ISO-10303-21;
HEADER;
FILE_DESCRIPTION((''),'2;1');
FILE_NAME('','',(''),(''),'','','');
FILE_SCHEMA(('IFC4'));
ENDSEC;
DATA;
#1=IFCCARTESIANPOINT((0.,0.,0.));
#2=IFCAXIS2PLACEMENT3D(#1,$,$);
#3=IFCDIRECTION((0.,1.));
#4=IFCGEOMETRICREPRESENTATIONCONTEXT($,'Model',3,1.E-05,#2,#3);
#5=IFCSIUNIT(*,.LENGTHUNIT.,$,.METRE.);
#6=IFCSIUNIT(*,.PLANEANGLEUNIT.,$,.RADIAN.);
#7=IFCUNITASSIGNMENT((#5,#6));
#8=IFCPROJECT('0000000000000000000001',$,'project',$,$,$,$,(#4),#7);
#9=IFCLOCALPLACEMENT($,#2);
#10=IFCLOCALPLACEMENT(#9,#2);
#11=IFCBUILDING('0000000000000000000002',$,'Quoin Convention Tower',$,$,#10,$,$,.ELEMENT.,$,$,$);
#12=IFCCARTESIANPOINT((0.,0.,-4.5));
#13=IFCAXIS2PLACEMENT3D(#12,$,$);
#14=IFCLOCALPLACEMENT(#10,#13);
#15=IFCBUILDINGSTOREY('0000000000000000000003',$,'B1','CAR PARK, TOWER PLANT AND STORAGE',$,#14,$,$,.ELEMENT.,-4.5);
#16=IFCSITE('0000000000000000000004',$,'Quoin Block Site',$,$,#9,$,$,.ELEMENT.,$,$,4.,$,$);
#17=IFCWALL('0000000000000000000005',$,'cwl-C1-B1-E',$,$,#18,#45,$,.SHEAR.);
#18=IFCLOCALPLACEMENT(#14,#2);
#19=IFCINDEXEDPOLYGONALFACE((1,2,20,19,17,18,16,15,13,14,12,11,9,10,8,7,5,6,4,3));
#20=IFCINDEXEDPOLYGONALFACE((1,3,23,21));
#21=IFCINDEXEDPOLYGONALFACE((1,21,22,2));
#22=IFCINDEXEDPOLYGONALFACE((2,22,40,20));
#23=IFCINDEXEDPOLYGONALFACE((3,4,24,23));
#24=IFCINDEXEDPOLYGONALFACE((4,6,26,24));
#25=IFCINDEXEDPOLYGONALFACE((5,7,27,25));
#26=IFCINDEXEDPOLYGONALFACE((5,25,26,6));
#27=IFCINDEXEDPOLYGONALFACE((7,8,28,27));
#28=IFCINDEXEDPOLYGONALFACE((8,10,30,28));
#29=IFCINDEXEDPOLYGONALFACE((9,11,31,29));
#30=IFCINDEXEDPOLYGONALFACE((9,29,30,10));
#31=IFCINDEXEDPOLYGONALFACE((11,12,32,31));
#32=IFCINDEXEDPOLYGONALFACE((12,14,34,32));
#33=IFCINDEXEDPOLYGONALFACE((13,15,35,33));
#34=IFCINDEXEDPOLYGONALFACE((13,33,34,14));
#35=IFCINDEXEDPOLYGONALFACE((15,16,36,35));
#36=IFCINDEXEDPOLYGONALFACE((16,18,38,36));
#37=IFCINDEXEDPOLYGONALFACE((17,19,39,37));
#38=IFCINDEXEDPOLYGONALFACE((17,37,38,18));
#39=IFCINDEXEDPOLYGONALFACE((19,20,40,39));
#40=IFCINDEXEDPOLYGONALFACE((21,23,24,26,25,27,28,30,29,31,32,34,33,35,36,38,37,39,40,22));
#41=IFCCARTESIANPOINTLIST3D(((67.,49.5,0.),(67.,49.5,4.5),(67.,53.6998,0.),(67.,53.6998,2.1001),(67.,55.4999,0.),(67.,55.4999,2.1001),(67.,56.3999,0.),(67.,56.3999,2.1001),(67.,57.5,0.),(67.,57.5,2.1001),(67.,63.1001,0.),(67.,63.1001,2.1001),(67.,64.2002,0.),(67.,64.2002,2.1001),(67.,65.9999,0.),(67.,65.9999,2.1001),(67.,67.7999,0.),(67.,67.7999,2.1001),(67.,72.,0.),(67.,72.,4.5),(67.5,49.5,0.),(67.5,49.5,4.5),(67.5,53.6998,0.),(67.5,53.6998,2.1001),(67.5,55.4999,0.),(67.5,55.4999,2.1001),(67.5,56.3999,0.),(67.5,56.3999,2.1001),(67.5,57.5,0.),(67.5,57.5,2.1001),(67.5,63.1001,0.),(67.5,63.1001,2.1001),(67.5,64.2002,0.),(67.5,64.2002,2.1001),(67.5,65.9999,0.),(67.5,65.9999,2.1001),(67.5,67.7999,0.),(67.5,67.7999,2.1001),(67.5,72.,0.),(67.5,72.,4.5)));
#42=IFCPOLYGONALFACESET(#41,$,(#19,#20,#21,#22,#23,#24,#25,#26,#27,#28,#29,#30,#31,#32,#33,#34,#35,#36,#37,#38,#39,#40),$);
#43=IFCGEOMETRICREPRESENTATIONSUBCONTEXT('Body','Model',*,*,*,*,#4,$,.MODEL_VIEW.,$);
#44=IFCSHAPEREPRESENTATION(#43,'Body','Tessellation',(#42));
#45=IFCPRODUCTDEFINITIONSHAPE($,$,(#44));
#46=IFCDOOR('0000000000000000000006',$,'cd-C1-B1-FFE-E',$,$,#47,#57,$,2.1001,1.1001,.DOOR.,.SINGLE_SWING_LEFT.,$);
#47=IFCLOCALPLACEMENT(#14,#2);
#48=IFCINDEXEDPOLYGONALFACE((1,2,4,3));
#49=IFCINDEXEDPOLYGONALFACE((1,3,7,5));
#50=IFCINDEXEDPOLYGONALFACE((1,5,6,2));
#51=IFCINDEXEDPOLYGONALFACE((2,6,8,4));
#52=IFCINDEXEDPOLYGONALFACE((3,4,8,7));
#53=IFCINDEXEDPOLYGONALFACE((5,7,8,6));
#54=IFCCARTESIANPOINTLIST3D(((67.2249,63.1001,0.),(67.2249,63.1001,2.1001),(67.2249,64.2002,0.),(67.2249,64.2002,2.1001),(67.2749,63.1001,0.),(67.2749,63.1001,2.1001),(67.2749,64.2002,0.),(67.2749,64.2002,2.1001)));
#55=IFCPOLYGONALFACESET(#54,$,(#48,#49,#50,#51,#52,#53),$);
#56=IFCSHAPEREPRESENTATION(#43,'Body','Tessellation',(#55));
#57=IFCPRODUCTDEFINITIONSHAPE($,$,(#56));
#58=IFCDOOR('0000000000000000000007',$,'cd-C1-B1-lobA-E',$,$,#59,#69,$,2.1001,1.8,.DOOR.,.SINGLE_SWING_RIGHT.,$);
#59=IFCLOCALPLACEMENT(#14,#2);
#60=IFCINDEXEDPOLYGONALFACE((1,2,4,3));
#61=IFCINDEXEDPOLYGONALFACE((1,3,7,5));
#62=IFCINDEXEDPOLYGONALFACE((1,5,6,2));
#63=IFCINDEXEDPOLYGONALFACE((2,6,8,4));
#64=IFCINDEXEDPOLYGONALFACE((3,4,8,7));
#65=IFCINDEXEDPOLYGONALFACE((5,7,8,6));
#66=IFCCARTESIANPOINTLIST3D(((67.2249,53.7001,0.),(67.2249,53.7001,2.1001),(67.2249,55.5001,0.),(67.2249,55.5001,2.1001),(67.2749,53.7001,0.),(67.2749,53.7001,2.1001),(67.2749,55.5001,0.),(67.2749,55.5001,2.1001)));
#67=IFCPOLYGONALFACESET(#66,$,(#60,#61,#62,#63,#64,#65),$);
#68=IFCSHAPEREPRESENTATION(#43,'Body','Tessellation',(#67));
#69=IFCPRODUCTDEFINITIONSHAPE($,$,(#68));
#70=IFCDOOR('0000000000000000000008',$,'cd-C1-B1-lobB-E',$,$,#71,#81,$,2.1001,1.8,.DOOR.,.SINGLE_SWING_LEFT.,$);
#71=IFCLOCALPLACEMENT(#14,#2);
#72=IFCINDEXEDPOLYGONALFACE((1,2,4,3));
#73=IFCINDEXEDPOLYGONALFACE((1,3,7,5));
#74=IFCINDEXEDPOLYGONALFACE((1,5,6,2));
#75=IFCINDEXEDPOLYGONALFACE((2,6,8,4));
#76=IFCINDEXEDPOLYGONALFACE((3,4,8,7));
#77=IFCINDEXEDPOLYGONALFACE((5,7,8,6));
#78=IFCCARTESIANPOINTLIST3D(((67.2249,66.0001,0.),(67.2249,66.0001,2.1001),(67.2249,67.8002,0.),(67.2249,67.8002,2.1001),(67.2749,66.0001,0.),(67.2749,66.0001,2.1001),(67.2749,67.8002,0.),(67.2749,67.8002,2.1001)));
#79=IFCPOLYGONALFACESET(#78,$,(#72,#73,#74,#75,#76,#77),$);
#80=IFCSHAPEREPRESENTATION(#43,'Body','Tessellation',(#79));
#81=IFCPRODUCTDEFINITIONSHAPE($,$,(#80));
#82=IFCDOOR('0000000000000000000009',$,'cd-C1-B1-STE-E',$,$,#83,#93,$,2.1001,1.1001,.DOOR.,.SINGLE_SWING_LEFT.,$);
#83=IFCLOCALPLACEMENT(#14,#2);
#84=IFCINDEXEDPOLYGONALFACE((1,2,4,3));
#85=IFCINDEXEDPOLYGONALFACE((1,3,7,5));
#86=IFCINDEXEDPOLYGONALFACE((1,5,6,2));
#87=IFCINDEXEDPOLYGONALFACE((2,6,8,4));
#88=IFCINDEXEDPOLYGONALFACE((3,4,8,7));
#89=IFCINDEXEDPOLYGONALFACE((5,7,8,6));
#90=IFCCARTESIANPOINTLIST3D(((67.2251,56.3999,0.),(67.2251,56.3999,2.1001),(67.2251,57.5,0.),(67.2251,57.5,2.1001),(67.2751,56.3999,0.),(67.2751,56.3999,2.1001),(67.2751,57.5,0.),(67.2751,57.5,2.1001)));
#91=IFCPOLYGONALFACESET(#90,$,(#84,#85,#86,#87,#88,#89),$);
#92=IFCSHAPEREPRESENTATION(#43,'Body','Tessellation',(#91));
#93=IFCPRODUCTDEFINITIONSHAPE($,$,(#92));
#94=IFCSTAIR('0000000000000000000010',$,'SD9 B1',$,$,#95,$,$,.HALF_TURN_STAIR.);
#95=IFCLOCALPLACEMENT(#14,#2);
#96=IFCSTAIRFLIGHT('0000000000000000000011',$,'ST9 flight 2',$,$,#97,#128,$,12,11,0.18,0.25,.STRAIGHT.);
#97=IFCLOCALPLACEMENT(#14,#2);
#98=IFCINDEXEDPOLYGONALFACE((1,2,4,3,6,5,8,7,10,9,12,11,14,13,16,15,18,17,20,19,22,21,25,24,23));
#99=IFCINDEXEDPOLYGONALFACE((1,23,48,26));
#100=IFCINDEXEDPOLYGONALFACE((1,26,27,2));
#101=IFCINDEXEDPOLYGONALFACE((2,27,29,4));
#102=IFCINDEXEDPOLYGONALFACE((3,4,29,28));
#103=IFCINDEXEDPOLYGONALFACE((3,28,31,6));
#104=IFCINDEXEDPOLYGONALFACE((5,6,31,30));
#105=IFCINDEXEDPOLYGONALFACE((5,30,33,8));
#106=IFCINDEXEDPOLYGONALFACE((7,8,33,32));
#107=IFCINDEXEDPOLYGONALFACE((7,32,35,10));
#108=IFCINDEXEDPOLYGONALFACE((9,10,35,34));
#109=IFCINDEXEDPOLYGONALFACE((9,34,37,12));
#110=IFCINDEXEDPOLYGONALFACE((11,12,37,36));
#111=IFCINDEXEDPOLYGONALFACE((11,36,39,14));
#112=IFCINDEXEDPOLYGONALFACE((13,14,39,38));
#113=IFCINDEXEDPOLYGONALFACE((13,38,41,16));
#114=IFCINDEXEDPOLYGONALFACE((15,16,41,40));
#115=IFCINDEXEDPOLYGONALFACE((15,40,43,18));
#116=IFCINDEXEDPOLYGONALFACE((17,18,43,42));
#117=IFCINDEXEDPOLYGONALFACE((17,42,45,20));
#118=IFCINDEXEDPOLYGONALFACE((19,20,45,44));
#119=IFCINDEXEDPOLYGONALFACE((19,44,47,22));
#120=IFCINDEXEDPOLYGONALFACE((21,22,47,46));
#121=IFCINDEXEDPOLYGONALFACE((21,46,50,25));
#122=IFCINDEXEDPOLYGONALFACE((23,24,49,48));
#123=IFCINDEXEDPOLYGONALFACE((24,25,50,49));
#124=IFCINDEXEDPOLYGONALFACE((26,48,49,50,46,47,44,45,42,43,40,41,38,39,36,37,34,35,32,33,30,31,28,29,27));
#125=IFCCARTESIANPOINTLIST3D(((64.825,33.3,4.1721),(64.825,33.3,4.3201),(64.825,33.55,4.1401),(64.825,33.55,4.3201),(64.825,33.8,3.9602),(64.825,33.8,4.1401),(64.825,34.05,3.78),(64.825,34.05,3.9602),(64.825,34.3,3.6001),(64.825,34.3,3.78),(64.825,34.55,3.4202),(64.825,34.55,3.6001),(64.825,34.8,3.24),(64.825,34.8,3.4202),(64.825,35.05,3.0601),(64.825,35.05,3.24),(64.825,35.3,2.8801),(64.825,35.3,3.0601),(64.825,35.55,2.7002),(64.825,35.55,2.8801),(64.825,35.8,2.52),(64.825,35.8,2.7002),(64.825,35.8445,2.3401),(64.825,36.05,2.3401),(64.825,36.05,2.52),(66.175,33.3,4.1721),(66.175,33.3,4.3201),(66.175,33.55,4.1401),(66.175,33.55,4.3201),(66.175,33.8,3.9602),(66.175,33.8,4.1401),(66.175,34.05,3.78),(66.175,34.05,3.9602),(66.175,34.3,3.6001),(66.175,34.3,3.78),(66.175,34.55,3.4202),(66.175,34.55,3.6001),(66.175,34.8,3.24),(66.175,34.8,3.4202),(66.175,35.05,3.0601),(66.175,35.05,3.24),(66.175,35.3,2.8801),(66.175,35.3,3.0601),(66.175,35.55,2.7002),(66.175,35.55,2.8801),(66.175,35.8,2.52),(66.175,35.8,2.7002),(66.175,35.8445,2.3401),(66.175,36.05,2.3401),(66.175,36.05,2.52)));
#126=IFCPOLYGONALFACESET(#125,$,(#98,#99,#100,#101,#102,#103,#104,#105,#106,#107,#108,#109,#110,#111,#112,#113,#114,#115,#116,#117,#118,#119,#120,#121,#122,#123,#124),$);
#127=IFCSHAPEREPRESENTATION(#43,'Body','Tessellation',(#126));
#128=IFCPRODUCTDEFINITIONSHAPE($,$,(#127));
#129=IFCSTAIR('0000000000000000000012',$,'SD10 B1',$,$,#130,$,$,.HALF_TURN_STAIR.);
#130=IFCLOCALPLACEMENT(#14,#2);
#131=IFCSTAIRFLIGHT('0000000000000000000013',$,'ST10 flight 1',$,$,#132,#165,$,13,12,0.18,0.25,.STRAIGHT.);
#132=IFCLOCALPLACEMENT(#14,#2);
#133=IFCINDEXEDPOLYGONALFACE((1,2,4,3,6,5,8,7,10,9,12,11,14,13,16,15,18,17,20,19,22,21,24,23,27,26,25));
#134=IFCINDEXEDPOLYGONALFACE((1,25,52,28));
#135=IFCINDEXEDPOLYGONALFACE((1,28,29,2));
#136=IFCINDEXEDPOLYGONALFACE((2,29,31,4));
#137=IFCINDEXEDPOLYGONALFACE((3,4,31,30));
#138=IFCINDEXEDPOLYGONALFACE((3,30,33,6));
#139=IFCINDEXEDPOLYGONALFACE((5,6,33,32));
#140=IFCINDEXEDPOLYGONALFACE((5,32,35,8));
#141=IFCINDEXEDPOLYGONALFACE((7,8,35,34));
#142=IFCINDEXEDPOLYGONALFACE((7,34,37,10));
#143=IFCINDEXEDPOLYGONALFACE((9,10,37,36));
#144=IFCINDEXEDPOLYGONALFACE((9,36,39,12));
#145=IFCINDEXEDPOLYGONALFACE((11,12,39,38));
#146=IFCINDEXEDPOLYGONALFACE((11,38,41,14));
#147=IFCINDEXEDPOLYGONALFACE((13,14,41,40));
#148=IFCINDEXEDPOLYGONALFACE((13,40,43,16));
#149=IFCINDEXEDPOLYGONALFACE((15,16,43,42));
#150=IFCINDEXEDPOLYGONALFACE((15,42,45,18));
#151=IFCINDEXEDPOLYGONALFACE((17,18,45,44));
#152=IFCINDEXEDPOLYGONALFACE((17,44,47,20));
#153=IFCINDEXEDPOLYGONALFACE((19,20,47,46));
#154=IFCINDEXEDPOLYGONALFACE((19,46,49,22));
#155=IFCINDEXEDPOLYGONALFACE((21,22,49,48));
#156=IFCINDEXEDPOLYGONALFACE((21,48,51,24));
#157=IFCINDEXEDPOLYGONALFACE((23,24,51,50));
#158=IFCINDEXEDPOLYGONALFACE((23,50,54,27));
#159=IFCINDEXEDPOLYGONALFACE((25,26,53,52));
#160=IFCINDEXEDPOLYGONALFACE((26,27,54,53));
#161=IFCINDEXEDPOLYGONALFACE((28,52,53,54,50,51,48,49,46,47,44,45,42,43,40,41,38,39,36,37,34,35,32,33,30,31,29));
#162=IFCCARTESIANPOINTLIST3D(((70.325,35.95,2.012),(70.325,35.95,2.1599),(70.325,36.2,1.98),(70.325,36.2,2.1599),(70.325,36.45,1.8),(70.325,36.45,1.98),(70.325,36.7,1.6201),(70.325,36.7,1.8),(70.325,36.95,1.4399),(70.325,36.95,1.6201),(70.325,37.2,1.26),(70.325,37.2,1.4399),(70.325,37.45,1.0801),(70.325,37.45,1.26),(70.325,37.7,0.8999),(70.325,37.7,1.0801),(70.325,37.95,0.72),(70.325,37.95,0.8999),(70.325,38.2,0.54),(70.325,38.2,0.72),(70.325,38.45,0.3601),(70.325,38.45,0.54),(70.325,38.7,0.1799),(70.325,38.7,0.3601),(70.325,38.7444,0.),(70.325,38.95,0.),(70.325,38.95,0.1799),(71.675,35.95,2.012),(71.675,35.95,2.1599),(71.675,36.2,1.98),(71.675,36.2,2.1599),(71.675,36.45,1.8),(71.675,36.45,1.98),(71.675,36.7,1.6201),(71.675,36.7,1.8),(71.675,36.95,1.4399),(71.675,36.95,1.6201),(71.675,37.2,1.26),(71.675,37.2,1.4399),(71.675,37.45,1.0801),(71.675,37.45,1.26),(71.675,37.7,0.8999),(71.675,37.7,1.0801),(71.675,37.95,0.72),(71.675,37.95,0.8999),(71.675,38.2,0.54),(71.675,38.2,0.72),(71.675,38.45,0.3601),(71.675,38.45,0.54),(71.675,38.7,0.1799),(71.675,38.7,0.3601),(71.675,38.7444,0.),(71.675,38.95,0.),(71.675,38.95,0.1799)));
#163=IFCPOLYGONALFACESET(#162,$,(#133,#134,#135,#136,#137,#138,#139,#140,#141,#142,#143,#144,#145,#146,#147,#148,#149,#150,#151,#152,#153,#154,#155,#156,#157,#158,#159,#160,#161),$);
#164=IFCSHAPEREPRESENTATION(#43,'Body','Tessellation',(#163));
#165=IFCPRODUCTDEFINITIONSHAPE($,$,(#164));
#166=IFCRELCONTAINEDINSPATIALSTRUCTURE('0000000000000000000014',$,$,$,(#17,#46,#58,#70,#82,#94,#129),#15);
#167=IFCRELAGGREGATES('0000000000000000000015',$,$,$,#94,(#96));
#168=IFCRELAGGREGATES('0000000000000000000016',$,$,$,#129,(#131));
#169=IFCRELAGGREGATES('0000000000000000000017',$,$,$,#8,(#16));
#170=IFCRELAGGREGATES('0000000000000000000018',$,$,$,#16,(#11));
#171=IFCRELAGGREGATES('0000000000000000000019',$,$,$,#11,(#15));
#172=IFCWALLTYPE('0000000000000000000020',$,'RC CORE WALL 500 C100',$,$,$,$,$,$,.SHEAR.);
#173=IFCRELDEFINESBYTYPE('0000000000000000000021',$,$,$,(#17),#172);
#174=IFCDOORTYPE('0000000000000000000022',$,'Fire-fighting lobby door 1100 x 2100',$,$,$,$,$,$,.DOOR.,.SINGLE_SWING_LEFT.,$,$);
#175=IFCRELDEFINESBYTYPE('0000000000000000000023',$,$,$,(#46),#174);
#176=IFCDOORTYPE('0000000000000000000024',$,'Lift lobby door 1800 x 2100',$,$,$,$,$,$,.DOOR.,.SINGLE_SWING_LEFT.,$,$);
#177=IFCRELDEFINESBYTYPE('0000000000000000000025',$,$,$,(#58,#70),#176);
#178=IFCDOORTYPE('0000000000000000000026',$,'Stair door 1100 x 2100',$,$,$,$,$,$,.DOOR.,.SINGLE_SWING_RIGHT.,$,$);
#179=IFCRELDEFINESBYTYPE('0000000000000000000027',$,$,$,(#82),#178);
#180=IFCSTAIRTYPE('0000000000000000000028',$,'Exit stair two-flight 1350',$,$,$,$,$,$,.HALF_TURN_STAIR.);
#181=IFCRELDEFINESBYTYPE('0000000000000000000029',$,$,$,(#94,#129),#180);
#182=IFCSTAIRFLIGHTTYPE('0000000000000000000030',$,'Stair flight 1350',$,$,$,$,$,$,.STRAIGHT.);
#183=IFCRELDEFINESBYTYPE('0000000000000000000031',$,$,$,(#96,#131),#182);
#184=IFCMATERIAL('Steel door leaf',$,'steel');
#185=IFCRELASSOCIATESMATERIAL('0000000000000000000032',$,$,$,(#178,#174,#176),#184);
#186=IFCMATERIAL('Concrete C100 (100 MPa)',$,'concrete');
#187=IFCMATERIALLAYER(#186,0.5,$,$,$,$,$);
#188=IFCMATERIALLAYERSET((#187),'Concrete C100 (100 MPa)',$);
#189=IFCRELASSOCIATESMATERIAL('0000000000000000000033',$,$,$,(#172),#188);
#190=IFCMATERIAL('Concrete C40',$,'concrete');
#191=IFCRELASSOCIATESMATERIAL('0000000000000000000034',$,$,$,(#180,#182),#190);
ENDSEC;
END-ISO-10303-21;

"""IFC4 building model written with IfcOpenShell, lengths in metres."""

from ifc_helpers import new_model, si_unit, direction, frame, frame_2d, origin, place, context, subcontext, project, spatial, polyline, rectangle, outline, extrude, material, layer, layer_set, type_object, element, fill, aggregate, save


model = new_model("IFC4")

# Units and contexts
model_context = context("Model", 3, precision=1e-05, world=origin(), true_north=direction((0.0, 1.0)))
body_context = subcontext(model_context, "Body", "Model", "MODEL_VIEW")
ifc_project = project(units=[si_unit("LENGTHUNIT", "METRE"), si_unit("PLANEANGLEUNIT", "RADIAN")], contexts=[model_context])

# Site, building, storey
site_placement = place(None, origin())
site = spatial("IfcSite", under=ifc_project, at=site_placement, Name="Quoin Block Site", CompositionType="ELEMENT", RefElevation=4.0)
building_placement = place(site_placement, origin())
building = spatial("IfcBuilding", under=site, at=building_placement, Name="Quoin Convention Tower", CompositionType="ELEMENT")
storey_placement = place(building_placement, frame((0.0, 0.0, -4.5)))
storey = spatial("IfcBuildingStorey", under=building, at=storey_placement, Name="B1", Description="CAR PARK, TOWER PLANT AND STORAGE", CompositionType="ELEMENT", Elevation=-4.5)

# Shared definitions
ifc_material_1 = material(Name="Concrete C100 (100 MPa)", Category="concrete")

# Shared definitions
ifc_material_2 = material(Name="Steel door leaf", Category="steel")

# Shared definitions
door_type_1 = type_object("IfcDoorType", Name="Stair door 1100 x 2100", OperationType="SINGLE_SWING_RIGHT", PredefinedType="DOOR", material=ifc_material_2)

# Wall, openings, doors
ifc_layer_1 = layer(ifc_material_1, 0.5)
ifc_layer_set_1 = layer_set([ifc_layer_1], Name="Concrete C100 (100 MPa)")
wall_type_1 = type_object("IfcWallType", Name="RC CORE WALL 500 C100", PredefinedType="SHEAR", material=ifc_layer_set_1)
wall_1_placement = place(storey_placement, frame((67.25, 49.5, 0.0), z_axis=(0.0, 0.0, 1.0), x_axis=(0.0, 1.0, 0.0)))
wall_1 = element("IfcWall", 1, at=wall_1_placement, inside=storey, type_object=wall_type_1, Name="cwl-C1-B1-E", PredefinedType="SHEAR", context=body_context, shape_type="SweptSolid", body=[
    extrude(rectangle(XDim=22.5, YDim=0.5, at=frame_2d((11.25, 0.0))), origin(), (0.0, 0.0, 1.0), 4.5),
])
opening_1_placement = place(wall_1_placement, frame((4.2, 0.0, 0.0)))
opening_1 = element("IfcOpeningElement", 2, at=opening_1_placement, cuts=wall_1, PredefinedType="OPENING", context=body_context, shape_type="SweptSolid", body=[
    extrude(rectangle(XDim=1.8, YDim=2.1001, at=frame_2d((0.8999, 1.05))), frame((0.0, 0.26, 0.0), z_axis=(0.0, -1.0, 0.0), x_axis=(1.0, 0.0, 0.0)), (0.0, 0.0, 1.0), 0.52),
])
opening_2_placement = place(wall_1_placement, frame((6.8999, 0.0, 0.0)))
opening_2 = element("IfcOpeningElement", 3, at=opening_2_placement, cuts=wall_1, PredefinedType="OPENING", context=body_context, shape_type="SweptSolid", body=[
    extrude(rectangle(XDim=1.1001, YDim=2.1001, at=frame_2d((0.55, 1.05))), frame((0.0, 0.26, 0.0), z_axis=(0.0, -1.0, 0.0), x_axis=(1.0, 0.0, 0.0)), (0.0, 0.0, 1.0), 0.52),
])
opening_3_placement = place(wall_1_placement, frame((13.6001, 0.0, 0.0)))
opening_3 = element("IfcOpeningElement", 4, at=opening_3_placement, cuts=wall_1, PredefinedType="OPENING", context=body_context, shape_type="SweptSolid", body=[
    extrude(rectangle(XDim=1.1001, YDim=2.1001, at=frame_2d((0.55, 1.05))), frame((0.0, 0.26, 0.0), z_axis=(0.0, -1.0, 0.0), x_axis=(1.0, 0.0, 0.0)), (0.0, 0.0, 1.0), 0.52),
])
opening_4_placement = place(wall_1_placement, frame((16.5, 0.0, 0.0)))
opening_4 = element("IfcOpeningElement", 5, at=opening_4_placement, cuts=wall_1, PredefinedType="OPENING", context=body_context, shape_type="SweptSolid", body=[
    extrude(rectangle(XDim=1.8, YDim=2.1001, at=frame_2d((0.8999, 1.05))), frame((0.0, 0.26, 0.0), z_axis=(0.0, -1.0, 0.0), x_axis=(1.0, 0.0, 0.0)), (0.0, 0.0, 1.0), 0.52),
])
door_type_2 = type_object("IfcDoorType", Name="Fire-fighting lobby door 1100 x 2100", OperationType="SINGLE_SWING_LEFT", PredefinedType="DOOR", material=ifc_material_2)
door_1_placement = place(opening_3_placement, frame((1.1001, 0.0, 0.0), z_axis=(0.0, 0.0, 1.0), x_axis=(-1.0, 0.0, 0.0)))
door_1 = element("IfcDoor", 6, at=door_1_placement, inside=storey, type_object=door_type_2, Name="cd-C1-B1-FFE-E", OperationType="SINGLE_SWING_LEFT", OverallHeight=2.1001, OverallWidth=1.1001, PredefinedType="DOOR", context=body_context, shape_type="SweptSolid", body=[
    extrude(rectangle(XDim=1.1001, YDim=2.1001, at=frame_2d((0.55, 1.05))), frame((0.0, 0.0249, 0.0), z_axis=(0.0, -1.0, 0.0), x_axis=(1.0, 0.0, 0.0)), (0.0, 0.0, 1.0), 0.05),
])
fill(opening_3, door_1)
door_type_3 = type_object("IfcDoorType", Name="Lift lobby door 1800 x 2100", OperationType="SINGLE_SWING_LEFT", PredefinedType="DOOR", material=ifc_material_2)
door_2_placement = place(opening_1_placement, frame((1.8, 0.0, 0.0), z_axis=(0.0, 0.0, 1.0), x_axis=(-1.0, 0.0, 0.0)))
door_2 = element("IfcDoor", 7, at=door_2_placement, inside=storey, type_object=door_type_3, Name="cd-C1-B1-lobA-E", OperationType="SINGLE_SWING_RIGHT", OverallHeight=2.1001, OverallWidth=1.8, PredefinedType="DOOR", context=body_context, shape_type="SweptSolid", body=[
    extrude(rectangle(XDim=1.8, YDim=2.1001, at=frame_2d((0.8999, 1.05))), frame((0.0, 0.0249, 0.0), z_axis=(0.0, -1.0, 0.0), x_axis=(1.0, 0.0, 0.0)), (0.0, 0.0, 1.0), 0.05),
])
fill(opening_1, door_2)
door_3_placement = place(opening_4_placement, frame((1.8, 0.0, 0.0), z_axis=(0.0, 0.0, 1.0), x_axis=(-1.0, 0.0, 0.0)))
door_3 = element("IfcDoor", 8, at=door_3_placement, inside=storey, type_object=door_type_3, Name="cd-C1-B1-lobB-E", OperationType="SINGLE_SWING_LEFT", OverallHeight=2.1001, OverallWidth=1.8, PredefinedType="DOOR", context=body_context, shape_type="SweptSolid", body=[
    extrude(rectangle(XDim=1.8, YDim=2.1001, at=frame_2d((0.8999, 1.05))), frame((0.0, 0.0249, 0.0), z_axis=(0.0, -1.0, 0.0), x_axis=(1.0, 0.0, 0.0)), (0.0, 0.0, 1.0), 0.05),
])
fill(opening_4, door_3)
door_4_placement = place(opening_2_placement, origin())
door_4 = element("IfcDoor", 9, at=door_4_placement, inside=storey, type_object=door_type_1, Name="cd-C1-B1-STE-E", OperationType="SINGLE_SWING_LEFT", OverallHeight=2.1001, OverallWidth=1.1001, PredefinedType="DOOR", context=body_context, shape_type="SweptSolid", body=[
    extrude(rectangle(XDim=1.1001, YDim=2.1001, at=frame_2d((0.55, 1.05))), frame((0.0, 0.0249, 0.0), z_axis=(0.0, -1.0, 0.0), x_axis=(1.0, 0.0, 0.0)), (0.0, 0.0, 1.0), 0.05),
])
fill(opening_2, door_4)

# Stair, stair flight
ifc_material_3 = material(Name="Concrete C40", Category="concrete")
stair_type = type_object("IfcStairType", Name="Exit stair two-flight 1350", PredefinedType="HALF_TURN_STAIR", material=ifc_material_3)
stair_1_placement = place(storey_placement, origin())
stair_1 = element("IfcStair", 10, at=stair_1_placement, inside=storey, type_object=stair_type, Name="SD9 B1", PredefinedType="HALF_TURN_STAIR")
stair_flight_type = type_object("IfcStairFlightType", Name="Stair flight 1350", PredefinedType="STRAIGHT", material=ifc_material_3)
stair_flight_1_placement = place(storey_placement, frame((65.5, 36.05, 2.3401), z_axis=(0.0, 0.0, 1.0), x_axis=(0.0, -1.0, 0.0)))
stair_flight_1 = element("IfcStairFlight", 11, at=stair_flight_1_placement, type_object=stair_flight_type, Name="ST9 flight 2", NumberOfRisers=12, NumberOfTreads=11, PredefinedType="STRAIGHT", RiserHeight=0.18, TreadLength=0.25, context=body_context, shape_type="SweptSolid", body=[
    extrude(outline(polyline([(0.0, 0.0), (0.0, 0.1799), (0.25, 0.1799), (0.25, 0.3601), (0.5, 0.3601), (0.5, 0.54), (0.75, 0.54), (0.75, 0.72), (1.0, 0.72), (1.0, 0.8999), (1.25, 0.8999), (1.25, 1.0801), (1.5, 1.0801), (1.5, 1.26), (1.75, 1.26), (1.75, 1.4399), (2.0, 1.4399), (2.0, 1.6201), (2.25, 1.6201), (2.25, 1.8), (2.5, 1.8), (2.5, 1.98), (2.75, 1.98), (2.75, 2.1599), (2.75, 1.832), (0.2056, 0.0), (0.0, 0.0)])), frame((0.0, 0.675, 0.0), z_axis=(0.0, -1.0, 0.0), x_axis=(1.0, 0.0, 0.0)), (0.0, 0.0, 1.0), 1.3501),
])
aggregate(stair_1, [stair_flight_1])

# Stair, stair flight
stair_2_placement = place(storey_placement, origin())
stair_2 = element("IfcStair", 12, at=stair_2_placement, inside=storey, type_object=stair_type, Name="SD10 B1", PredefinedType="HALF_TURN_STAIR")
stair_flight_2_placement = place(storey_placement, frame((71.0, 38.95, 0.0), z_axis=(0.0, 0.0, 1.0), x_axis=(0.0, -1.0, 0.0)))
stair_flight_2 = element("IfcStairFlight", 13, at=stair_flight_2_placement, type_object=stair_flight_type, Name="ST10 flight 1", NumberOfRisers=13, NumberOfTreads=12, PredefinedType="STRAIGHT", RiserHeight=0.18, TreadLength=0.25, context=body_context, shape_type="SweptSolid", body=[
    extrude(outline(polyline([(0.0, 0.0), (0.0, 0.1799), (0.25, 0.1799), (0.25, 0.3601), (0.5, 0.3601), (0.5, 0.54), (0.75, 0.54), (0.75, 0.72), (1.0, 0.72), (1.0, 0.8999), (1.25, 0.8999), (1.25, 1.0801), (1.5, 1.0801), (1.5, 1.26), (1.75, 1.26), (1.75, 1.4399), (2.0, 1.4399), (2.0, 1.6201), (2.25, 1.6201), (2.25, 1.8), (2.5, 1.8), (2.5, 1.98), (2.75, 1.98), (2.75, 2.1599), (3.0, 2.1599), (3.0, 2.3401), (3.0, 2.012), (0.2056, 0.0), (0.0, 0.0)])), frame((0.0, 0.675, 0.0), z_axis=(0.0, -1.0, 0.0), x_axis=(1.0, 0.0, 0.0)), (0.0, 0.0, 1.0), 1.3501),
])
aggregate(stair_2, [stair_flight_2])

save(model, "model.ifc")
